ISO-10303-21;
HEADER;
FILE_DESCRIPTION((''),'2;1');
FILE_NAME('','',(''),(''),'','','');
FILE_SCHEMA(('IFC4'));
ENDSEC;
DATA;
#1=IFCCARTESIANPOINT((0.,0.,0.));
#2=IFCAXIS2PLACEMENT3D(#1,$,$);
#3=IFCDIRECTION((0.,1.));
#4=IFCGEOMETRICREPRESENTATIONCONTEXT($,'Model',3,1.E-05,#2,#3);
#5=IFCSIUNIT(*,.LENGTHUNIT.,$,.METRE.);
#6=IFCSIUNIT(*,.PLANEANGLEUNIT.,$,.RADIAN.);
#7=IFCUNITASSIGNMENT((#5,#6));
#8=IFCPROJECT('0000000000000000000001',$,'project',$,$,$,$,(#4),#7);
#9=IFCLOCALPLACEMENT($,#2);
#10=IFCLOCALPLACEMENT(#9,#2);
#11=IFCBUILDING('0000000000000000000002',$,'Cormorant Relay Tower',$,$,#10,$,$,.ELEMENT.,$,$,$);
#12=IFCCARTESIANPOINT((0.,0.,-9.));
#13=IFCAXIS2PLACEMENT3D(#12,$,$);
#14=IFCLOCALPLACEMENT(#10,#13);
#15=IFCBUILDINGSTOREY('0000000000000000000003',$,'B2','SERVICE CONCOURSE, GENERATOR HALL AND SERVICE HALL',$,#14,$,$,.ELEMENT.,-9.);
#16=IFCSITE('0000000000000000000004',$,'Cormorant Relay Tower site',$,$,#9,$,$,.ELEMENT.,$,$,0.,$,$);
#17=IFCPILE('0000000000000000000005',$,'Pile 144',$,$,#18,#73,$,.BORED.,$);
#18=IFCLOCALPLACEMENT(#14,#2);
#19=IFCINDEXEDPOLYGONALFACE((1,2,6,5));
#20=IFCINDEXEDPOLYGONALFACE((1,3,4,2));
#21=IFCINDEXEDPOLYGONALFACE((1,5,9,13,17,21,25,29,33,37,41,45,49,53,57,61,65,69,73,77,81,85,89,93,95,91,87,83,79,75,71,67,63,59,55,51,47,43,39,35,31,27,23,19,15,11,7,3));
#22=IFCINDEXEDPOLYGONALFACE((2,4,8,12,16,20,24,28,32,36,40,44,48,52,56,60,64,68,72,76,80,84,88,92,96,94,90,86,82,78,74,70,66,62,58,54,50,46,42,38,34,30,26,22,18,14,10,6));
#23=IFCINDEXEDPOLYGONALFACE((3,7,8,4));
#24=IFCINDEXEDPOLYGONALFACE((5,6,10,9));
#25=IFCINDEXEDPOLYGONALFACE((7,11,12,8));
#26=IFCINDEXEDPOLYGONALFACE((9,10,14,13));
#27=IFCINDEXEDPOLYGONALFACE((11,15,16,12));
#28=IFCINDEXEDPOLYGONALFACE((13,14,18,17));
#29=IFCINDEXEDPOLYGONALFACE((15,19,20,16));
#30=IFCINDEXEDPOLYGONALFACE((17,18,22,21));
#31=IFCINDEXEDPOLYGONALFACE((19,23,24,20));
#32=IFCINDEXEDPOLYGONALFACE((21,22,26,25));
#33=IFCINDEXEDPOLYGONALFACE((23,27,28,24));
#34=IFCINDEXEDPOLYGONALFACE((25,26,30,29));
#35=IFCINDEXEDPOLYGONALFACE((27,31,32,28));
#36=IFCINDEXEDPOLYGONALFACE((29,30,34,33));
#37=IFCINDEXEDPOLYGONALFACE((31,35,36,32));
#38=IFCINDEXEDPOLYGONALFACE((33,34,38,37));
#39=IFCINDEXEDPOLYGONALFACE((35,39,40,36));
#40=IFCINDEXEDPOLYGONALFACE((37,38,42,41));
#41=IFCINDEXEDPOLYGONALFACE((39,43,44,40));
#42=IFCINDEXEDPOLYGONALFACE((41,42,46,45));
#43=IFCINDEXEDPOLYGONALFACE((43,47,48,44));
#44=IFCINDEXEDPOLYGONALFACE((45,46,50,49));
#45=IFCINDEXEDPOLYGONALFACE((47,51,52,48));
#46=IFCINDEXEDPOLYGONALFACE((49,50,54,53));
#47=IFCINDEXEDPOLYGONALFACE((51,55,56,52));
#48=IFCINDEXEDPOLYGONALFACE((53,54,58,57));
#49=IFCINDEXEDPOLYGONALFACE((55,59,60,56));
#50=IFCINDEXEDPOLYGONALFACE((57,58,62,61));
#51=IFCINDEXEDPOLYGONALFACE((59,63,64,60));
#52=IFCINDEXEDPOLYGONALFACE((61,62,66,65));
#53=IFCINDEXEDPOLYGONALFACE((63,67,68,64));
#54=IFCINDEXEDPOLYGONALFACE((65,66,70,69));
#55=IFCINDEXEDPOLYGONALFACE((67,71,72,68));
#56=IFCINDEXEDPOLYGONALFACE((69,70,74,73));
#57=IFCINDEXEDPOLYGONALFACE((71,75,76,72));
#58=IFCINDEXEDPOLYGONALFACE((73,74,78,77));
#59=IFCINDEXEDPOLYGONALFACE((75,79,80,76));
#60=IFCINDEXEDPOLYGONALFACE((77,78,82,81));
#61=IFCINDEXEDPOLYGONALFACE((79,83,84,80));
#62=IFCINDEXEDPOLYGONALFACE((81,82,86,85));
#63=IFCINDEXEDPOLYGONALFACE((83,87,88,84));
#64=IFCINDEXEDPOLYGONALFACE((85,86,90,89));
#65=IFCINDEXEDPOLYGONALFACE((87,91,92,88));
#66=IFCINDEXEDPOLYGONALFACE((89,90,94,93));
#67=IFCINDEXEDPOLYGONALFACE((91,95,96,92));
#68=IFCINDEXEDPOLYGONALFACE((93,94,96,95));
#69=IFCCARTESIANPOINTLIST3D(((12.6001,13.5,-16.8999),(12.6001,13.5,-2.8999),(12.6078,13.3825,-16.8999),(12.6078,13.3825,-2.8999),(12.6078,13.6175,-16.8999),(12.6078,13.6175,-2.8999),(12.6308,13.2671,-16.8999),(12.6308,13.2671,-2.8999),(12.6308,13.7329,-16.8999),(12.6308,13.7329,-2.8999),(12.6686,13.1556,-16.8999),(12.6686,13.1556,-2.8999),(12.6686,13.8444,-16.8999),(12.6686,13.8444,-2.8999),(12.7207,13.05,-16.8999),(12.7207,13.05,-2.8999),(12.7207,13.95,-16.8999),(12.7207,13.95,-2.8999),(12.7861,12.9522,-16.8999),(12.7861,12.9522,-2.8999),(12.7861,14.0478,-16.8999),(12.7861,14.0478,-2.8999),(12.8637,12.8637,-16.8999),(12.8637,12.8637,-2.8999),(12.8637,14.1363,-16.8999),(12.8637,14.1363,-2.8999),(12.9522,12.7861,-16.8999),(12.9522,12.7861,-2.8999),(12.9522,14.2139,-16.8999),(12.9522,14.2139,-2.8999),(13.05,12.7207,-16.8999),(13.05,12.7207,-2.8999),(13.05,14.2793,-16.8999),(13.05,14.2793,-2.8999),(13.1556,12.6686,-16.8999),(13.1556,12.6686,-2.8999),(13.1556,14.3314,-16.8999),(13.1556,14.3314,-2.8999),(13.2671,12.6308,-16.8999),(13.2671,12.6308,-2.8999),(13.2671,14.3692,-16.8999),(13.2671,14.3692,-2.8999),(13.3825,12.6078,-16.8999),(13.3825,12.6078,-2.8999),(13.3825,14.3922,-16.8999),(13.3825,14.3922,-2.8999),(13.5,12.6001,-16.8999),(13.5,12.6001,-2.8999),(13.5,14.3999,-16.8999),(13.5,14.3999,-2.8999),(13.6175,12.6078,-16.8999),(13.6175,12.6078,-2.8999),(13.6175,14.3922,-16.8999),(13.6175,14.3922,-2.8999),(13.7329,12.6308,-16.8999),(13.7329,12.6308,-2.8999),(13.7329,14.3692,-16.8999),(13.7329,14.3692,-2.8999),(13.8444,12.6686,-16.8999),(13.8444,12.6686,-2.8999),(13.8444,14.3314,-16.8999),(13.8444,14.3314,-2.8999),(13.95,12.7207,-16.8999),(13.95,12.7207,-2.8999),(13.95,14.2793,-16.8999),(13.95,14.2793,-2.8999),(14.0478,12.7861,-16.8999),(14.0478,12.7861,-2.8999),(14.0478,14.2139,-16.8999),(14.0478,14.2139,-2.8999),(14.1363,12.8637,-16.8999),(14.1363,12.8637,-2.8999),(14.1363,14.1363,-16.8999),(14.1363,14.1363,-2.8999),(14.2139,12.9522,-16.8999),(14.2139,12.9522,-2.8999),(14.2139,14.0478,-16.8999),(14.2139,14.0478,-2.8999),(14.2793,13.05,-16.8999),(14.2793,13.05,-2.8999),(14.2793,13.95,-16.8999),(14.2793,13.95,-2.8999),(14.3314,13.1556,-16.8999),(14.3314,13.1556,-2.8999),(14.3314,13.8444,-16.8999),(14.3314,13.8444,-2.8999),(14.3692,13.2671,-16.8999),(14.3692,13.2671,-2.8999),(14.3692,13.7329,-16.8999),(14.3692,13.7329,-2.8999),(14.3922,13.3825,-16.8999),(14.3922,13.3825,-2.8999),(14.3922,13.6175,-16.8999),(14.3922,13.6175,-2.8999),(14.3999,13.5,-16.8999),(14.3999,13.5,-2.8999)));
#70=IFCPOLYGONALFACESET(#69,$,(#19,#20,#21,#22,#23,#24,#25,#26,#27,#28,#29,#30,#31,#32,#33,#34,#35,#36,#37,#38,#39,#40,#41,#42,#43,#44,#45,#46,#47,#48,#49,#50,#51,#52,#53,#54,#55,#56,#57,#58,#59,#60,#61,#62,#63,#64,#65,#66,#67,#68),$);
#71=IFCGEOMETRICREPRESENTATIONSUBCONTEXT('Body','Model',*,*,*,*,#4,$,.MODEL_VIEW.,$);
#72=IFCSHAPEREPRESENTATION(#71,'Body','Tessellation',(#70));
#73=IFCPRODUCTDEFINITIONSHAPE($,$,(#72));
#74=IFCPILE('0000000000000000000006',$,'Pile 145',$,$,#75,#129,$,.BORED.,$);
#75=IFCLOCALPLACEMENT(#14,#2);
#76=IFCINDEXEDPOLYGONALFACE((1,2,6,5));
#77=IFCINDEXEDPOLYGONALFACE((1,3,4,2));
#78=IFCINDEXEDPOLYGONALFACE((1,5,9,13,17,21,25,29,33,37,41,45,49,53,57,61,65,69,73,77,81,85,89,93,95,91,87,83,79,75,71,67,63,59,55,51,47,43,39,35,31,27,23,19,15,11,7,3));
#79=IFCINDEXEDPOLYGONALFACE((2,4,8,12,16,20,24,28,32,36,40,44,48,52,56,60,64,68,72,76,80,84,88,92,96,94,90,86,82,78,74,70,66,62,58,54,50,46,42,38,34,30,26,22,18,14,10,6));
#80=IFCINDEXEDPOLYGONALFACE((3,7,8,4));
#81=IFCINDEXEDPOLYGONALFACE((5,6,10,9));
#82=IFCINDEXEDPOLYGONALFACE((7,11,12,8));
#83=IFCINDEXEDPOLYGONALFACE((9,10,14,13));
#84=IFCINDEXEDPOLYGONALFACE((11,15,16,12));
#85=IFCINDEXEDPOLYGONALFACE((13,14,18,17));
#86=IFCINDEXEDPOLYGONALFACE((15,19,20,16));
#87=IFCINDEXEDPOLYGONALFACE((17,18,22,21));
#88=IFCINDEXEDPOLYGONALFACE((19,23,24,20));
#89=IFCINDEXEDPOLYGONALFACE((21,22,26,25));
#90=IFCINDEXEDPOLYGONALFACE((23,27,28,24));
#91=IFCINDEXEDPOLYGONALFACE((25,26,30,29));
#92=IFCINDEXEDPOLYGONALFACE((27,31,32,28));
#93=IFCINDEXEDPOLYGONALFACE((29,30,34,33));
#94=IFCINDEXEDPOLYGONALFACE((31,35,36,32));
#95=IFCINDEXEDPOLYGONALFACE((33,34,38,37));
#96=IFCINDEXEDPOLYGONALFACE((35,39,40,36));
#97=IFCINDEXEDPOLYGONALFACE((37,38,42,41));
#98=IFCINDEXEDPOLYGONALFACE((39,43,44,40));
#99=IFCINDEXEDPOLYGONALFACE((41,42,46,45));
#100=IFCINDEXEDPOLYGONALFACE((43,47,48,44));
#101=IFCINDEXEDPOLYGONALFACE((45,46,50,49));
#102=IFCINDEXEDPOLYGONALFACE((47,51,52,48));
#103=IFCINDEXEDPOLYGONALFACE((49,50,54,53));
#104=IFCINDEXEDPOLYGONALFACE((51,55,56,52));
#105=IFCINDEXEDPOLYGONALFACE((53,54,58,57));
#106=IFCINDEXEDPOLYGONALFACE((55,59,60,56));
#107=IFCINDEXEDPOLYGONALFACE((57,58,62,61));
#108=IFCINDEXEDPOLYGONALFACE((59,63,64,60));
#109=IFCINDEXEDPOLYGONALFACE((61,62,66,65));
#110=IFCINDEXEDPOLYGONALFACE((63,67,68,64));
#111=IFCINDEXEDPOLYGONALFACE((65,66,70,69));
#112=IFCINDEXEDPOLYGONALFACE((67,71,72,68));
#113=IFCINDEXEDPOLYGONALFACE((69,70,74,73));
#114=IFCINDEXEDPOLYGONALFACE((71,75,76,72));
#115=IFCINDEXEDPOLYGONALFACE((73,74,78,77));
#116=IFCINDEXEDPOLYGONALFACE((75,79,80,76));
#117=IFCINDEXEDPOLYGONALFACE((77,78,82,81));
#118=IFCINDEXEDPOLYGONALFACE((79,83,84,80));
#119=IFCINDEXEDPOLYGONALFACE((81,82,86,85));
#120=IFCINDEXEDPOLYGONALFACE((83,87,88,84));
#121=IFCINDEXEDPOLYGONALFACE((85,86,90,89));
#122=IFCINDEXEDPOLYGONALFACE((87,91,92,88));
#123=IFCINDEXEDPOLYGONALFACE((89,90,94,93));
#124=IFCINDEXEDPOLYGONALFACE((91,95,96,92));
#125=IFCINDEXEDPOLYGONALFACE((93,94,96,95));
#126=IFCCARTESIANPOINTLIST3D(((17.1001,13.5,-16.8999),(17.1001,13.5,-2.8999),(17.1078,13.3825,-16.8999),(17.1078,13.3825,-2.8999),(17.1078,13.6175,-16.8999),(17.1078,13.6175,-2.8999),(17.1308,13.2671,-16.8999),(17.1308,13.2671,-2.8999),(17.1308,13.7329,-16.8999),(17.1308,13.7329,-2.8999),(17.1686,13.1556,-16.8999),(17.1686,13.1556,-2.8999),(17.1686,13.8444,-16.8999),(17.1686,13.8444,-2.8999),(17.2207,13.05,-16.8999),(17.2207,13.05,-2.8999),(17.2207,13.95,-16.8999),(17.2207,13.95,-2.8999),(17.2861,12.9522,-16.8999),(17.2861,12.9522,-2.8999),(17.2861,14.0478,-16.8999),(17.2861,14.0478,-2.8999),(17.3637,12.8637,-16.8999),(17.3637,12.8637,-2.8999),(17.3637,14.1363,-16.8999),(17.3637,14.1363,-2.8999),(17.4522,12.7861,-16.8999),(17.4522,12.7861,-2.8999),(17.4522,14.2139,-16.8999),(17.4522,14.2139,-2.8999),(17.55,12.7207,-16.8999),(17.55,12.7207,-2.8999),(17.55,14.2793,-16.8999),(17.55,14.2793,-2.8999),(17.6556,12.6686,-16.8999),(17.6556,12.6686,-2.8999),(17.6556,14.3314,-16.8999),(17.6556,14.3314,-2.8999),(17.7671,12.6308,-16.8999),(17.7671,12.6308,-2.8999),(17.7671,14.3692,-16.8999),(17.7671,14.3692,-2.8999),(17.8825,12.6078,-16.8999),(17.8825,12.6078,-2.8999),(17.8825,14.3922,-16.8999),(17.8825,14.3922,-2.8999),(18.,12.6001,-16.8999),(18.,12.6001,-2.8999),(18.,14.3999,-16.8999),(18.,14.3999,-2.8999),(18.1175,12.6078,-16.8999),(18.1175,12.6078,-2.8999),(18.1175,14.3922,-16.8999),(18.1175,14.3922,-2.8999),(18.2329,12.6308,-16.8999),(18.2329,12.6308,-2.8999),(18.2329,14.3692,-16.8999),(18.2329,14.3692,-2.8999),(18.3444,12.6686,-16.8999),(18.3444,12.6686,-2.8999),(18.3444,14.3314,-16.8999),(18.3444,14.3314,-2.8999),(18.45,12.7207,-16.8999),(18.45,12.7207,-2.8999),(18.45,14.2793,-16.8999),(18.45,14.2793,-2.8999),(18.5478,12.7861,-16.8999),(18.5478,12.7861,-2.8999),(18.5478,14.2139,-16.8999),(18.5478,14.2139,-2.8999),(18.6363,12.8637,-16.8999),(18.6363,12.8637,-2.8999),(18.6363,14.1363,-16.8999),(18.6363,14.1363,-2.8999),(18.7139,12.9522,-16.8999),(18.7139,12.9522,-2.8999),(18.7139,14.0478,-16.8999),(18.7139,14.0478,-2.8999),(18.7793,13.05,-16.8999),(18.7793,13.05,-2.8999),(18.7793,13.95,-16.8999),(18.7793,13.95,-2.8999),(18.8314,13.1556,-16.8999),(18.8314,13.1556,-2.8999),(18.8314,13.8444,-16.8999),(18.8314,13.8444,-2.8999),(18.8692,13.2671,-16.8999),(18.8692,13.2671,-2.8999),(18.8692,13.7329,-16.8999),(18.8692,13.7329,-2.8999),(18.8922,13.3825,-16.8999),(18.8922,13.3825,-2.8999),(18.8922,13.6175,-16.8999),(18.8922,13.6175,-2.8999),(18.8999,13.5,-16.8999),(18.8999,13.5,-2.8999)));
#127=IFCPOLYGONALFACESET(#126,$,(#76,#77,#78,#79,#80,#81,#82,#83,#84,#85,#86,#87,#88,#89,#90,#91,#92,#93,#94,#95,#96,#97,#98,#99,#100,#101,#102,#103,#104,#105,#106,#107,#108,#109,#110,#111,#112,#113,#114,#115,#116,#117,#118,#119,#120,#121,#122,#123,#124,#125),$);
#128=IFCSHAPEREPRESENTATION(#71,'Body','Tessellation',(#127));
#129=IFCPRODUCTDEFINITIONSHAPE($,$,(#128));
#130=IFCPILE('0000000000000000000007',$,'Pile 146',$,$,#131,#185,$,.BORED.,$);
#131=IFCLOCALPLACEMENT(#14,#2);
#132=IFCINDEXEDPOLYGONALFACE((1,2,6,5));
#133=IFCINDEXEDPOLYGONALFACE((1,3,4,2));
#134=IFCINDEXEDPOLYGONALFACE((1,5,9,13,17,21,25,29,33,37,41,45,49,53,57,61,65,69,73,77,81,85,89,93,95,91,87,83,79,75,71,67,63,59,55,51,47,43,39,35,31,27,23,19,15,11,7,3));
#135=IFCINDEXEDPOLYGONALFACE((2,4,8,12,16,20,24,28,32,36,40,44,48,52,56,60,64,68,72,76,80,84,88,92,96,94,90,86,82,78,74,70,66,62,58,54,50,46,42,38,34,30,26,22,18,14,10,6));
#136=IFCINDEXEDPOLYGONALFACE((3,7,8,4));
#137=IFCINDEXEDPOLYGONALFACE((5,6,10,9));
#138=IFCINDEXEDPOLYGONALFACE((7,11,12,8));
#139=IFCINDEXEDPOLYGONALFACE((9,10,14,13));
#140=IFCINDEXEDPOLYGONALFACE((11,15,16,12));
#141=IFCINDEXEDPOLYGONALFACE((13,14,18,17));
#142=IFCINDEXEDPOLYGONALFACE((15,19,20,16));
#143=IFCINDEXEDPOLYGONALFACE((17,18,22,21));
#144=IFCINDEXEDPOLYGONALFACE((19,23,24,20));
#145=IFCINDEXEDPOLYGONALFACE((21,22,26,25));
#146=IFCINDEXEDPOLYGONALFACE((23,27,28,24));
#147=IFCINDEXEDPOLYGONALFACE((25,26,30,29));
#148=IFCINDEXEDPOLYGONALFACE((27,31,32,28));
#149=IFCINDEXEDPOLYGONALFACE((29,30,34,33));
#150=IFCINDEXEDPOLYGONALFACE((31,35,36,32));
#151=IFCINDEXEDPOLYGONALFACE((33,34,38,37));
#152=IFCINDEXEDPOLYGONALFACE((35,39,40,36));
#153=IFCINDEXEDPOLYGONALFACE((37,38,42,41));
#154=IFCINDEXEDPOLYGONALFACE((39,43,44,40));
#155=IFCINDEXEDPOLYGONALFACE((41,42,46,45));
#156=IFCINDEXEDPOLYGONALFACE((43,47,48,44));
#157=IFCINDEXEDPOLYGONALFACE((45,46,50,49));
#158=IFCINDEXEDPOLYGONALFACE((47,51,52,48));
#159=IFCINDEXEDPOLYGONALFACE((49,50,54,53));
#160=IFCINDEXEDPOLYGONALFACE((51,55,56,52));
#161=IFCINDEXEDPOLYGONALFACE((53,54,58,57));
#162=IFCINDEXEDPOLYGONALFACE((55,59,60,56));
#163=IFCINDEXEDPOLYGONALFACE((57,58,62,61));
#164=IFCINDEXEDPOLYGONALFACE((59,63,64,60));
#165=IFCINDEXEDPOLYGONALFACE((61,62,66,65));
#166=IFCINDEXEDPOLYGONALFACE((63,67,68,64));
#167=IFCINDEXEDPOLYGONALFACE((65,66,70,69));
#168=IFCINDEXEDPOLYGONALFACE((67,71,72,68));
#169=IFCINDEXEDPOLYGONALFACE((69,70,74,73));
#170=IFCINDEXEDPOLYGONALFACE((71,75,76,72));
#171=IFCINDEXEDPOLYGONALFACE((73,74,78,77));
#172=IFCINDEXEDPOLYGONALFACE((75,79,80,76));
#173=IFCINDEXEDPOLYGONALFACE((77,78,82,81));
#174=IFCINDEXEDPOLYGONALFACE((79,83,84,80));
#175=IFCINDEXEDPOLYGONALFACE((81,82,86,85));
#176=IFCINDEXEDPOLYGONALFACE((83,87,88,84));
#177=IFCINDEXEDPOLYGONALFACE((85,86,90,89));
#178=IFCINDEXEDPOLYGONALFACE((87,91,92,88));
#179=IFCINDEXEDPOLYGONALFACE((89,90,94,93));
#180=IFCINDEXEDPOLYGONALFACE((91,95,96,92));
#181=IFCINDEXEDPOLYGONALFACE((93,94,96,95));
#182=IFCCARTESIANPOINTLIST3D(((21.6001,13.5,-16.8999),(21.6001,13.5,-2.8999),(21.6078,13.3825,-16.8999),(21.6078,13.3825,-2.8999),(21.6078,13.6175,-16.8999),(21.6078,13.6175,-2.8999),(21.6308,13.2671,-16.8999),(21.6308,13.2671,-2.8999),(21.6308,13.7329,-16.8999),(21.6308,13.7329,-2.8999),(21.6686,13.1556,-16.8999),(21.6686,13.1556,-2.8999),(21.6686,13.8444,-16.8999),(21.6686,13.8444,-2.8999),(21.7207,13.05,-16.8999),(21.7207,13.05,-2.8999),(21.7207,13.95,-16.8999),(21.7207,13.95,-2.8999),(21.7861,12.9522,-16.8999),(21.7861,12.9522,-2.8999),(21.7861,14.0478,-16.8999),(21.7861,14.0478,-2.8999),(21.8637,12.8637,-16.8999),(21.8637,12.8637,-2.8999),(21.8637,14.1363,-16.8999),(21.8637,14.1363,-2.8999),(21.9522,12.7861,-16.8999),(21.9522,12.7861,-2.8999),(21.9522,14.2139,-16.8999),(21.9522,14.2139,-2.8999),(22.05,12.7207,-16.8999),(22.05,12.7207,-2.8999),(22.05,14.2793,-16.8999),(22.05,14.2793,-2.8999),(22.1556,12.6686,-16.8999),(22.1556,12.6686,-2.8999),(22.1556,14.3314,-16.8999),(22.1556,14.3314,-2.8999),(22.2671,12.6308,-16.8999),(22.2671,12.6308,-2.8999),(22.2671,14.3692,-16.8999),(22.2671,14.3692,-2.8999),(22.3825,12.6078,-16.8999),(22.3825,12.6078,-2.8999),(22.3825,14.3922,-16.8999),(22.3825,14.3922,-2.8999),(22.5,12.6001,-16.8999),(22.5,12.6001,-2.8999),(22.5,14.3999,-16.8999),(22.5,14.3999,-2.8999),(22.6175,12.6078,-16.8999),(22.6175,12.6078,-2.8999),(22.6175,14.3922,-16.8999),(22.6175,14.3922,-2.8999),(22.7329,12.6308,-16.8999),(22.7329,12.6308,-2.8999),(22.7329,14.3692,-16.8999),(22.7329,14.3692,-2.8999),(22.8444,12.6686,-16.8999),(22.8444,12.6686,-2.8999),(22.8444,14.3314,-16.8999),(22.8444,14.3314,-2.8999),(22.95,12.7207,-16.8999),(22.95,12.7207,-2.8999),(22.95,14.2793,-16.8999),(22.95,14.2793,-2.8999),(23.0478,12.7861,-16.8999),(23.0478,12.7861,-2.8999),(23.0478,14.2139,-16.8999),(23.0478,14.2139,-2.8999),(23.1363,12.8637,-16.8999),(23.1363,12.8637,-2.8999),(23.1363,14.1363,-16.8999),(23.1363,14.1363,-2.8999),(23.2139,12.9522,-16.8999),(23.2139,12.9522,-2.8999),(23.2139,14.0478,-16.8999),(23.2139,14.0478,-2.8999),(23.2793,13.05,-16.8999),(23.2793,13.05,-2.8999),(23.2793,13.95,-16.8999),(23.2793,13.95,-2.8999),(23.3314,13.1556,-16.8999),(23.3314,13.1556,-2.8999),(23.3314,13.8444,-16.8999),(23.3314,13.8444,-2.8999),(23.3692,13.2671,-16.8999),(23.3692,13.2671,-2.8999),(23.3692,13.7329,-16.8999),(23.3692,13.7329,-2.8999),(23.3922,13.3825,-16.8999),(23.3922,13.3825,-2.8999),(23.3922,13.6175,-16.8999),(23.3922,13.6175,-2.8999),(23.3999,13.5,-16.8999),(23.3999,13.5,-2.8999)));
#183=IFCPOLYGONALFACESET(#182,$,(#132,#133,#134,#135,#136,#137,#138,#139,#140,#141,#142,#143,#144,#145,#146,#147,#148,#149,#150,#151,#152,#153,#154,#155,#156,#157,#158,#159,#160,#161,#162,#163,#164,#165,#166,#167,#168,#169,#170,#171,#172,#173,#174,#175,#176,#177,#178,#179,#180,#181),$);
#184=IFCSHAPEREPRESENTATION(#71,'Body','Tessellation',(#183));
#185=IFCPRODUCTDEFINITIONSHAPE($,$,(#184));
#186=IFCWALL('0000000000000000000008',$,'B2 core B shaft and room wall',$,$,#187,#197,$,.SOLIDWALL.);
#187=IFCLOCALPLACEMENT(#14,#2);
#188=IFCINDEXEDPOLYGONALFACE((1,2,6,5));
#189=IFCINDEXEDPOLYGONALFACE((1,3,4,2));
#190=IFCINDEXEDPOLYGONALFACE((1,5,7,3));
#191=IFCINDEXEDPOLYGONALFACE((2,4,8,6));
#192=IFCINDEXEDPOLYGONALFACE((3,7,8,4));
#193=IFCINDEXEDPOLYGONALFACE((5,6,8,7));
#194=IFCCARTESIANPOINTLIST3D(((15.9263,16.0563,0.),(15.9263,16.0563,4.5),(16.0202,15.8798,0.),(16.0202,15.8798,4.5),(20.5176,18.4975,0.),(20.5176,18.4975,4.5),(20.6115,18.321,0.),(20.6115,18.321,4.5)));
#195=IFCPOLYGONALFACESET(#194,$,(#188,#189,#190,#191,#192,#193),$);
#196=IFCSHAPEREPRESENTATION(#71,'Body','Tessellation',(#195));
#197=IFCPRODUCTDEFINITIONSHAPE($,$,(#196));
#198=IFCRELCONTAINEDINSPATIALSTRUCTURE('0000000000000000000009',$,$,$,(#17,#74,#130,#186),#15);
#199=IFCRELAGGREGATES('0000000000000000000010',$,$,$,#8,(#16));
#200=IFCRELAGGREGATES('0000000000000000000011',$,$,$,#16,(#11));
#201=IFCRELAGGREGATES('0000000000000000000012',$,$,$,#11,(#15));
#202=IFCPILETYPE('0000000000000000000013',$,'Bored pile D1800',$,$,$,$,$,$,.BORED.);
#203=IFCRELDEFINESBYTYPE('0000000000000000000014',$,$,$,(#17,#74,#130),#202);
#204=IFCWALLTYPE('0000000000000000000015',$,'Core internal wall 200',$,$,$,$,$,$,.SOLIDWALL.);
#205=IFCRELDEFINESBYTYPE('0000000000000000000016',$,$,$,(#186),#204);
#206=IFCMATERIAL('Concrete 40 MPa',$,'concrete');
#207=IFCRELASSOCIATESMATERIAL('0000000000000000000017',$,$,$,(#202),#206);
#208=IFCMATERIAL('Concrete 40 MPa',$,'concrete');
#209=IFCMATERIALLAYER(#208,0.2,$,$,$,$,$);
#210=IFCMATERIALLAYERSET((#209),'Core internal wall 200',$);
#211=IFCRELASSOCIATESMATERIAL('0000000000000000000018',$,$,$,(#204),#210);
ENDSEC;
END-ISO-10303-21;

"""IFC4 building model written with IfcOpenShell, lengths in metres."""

from ifc_helpers import new_model, si_unit, direction, frame, frame_2d, origin, origin_2d, place, context, subcontext, project, spatial, rectangle, circle, extrude, material, layer, layer_set, material_profile, profile_set, type_object, element, save


model = new_model("IFC4")

# Units and contexts
model_context = context("Model", 3, precision=1e-05, world=origin(), true_north=direction((0.0, 1.0)))
body_context = subcontext(model_context, "Body", "Model", "MODEL_VIEW")
ifc_project = project(units=[si_unit("LENGTHUNIT", "METRE"), si_unit("PLANEANGLEUNIT", "RADIAN")], contexts=[model_context])

# Site, building, storey
site_placement = place(None, origin())
site = spatial("IfcSite", under=ifc_project, at=site_placement, Name="Cormorant Relay Tower site", CompositionType="ELEMENT", RefElevation=0.0)
building_placement = place(site_placement, origin())
building = spatial("IfcBuilding", under=site, at=building_placement, Name="Cormorant Relay Tower", CompositionType="ELEMENT")
storey_placement = place(building_placement, frame((0.0, 0.0, -9.0)))
storey = spatial("IfcBuildingStorey", under=building, at=storey_placement, Name="B2", Description="SERVICE CONCOURSE, GENERATOR HALL AND SERVICE HALL", CompositionType="ELEMENT", Elevation=-9.0)

# Piles
ifc_material_1 = material(Name="Concrete 40 MPa", Category="concrete")
ifc_material_profile = material_profile(ifc_material_1, circle(Radius=0.8999, at=origin_2d()), Name="BP1800")
ifc_profile_set = profile_set([ifc_material_profile], Name="Concrete 40 MPa")
pile_type = type_object("IfcPileType", Name="Bored pile D1800", PredefinedType="BORED", material=ifc_profile_set)
for number, where, z_axis, x_axis, name in (
    (1, (13.5, 13.5, -2.8999), (0.0, 0.0, -1.0), (1.0, 0.0, 0.0), "Pile 144"),
    (2, (18.0, 13.5, -2.8999), (0.0, 0.0, -1.0), (1.0, 0.0, 0.0), "Pile 145"),
    (3, (22.5, 13.5, -2.8999), (0.0, 0.0, -1.0), (1.0, 0.0, 0.0), "Pile 146"),
):
    element("IfcPile", number, at=place(storey_placement, frame(where, z_axis=z_axis, x_axis=x_axis)), inside=storey, type_object=pile_type, Name=name, PredefinedType="BORED", context=body_context, shape_type="SweptSolid", body=[
        extrude(circle(Radius=0.8999, at=origin_2d()), origin(), (0.0, 0.0, 1.0), 14.0),
    ])

# Wall
ifc_material_2 = material(Name="Concrete 40 MPa", Category="concrete")
ifc_layer_1 = layer(ifc_material_2, 0.2)
ifc_layer_set_1 = layer_set([ifc_layer_1], Name="Core internal wall 200")
wall_type_1 = type_object("IfcWallType", Name="Core internal wall 200", PredefinedType="SOLIDWALL", material=ifc_layer_set_1)
wall_1_placement = place(storey_placement, frame((15.9731, 15.968, 0.0), z_axis=(0.0, 0.0, 1.0), x_axis=(0.882954, 0.46946, 0.0)))
element("IfcWall", 4, at=wall_1_placement, inside=storey, type_object=wall_type_1, Name="B2 core B shaft and room wall", PredefinedType="SOLIDWALL", context=body_context, shape_type="SweptSolid", body=[
    extrude(rectangle(XDim=5.2, YDim=0.2, at=frame_2d((2.6001, 0.0))), origin(), (0.0, 0.0, 1.0), 4.5),
])

save(model, "model.ifc")
